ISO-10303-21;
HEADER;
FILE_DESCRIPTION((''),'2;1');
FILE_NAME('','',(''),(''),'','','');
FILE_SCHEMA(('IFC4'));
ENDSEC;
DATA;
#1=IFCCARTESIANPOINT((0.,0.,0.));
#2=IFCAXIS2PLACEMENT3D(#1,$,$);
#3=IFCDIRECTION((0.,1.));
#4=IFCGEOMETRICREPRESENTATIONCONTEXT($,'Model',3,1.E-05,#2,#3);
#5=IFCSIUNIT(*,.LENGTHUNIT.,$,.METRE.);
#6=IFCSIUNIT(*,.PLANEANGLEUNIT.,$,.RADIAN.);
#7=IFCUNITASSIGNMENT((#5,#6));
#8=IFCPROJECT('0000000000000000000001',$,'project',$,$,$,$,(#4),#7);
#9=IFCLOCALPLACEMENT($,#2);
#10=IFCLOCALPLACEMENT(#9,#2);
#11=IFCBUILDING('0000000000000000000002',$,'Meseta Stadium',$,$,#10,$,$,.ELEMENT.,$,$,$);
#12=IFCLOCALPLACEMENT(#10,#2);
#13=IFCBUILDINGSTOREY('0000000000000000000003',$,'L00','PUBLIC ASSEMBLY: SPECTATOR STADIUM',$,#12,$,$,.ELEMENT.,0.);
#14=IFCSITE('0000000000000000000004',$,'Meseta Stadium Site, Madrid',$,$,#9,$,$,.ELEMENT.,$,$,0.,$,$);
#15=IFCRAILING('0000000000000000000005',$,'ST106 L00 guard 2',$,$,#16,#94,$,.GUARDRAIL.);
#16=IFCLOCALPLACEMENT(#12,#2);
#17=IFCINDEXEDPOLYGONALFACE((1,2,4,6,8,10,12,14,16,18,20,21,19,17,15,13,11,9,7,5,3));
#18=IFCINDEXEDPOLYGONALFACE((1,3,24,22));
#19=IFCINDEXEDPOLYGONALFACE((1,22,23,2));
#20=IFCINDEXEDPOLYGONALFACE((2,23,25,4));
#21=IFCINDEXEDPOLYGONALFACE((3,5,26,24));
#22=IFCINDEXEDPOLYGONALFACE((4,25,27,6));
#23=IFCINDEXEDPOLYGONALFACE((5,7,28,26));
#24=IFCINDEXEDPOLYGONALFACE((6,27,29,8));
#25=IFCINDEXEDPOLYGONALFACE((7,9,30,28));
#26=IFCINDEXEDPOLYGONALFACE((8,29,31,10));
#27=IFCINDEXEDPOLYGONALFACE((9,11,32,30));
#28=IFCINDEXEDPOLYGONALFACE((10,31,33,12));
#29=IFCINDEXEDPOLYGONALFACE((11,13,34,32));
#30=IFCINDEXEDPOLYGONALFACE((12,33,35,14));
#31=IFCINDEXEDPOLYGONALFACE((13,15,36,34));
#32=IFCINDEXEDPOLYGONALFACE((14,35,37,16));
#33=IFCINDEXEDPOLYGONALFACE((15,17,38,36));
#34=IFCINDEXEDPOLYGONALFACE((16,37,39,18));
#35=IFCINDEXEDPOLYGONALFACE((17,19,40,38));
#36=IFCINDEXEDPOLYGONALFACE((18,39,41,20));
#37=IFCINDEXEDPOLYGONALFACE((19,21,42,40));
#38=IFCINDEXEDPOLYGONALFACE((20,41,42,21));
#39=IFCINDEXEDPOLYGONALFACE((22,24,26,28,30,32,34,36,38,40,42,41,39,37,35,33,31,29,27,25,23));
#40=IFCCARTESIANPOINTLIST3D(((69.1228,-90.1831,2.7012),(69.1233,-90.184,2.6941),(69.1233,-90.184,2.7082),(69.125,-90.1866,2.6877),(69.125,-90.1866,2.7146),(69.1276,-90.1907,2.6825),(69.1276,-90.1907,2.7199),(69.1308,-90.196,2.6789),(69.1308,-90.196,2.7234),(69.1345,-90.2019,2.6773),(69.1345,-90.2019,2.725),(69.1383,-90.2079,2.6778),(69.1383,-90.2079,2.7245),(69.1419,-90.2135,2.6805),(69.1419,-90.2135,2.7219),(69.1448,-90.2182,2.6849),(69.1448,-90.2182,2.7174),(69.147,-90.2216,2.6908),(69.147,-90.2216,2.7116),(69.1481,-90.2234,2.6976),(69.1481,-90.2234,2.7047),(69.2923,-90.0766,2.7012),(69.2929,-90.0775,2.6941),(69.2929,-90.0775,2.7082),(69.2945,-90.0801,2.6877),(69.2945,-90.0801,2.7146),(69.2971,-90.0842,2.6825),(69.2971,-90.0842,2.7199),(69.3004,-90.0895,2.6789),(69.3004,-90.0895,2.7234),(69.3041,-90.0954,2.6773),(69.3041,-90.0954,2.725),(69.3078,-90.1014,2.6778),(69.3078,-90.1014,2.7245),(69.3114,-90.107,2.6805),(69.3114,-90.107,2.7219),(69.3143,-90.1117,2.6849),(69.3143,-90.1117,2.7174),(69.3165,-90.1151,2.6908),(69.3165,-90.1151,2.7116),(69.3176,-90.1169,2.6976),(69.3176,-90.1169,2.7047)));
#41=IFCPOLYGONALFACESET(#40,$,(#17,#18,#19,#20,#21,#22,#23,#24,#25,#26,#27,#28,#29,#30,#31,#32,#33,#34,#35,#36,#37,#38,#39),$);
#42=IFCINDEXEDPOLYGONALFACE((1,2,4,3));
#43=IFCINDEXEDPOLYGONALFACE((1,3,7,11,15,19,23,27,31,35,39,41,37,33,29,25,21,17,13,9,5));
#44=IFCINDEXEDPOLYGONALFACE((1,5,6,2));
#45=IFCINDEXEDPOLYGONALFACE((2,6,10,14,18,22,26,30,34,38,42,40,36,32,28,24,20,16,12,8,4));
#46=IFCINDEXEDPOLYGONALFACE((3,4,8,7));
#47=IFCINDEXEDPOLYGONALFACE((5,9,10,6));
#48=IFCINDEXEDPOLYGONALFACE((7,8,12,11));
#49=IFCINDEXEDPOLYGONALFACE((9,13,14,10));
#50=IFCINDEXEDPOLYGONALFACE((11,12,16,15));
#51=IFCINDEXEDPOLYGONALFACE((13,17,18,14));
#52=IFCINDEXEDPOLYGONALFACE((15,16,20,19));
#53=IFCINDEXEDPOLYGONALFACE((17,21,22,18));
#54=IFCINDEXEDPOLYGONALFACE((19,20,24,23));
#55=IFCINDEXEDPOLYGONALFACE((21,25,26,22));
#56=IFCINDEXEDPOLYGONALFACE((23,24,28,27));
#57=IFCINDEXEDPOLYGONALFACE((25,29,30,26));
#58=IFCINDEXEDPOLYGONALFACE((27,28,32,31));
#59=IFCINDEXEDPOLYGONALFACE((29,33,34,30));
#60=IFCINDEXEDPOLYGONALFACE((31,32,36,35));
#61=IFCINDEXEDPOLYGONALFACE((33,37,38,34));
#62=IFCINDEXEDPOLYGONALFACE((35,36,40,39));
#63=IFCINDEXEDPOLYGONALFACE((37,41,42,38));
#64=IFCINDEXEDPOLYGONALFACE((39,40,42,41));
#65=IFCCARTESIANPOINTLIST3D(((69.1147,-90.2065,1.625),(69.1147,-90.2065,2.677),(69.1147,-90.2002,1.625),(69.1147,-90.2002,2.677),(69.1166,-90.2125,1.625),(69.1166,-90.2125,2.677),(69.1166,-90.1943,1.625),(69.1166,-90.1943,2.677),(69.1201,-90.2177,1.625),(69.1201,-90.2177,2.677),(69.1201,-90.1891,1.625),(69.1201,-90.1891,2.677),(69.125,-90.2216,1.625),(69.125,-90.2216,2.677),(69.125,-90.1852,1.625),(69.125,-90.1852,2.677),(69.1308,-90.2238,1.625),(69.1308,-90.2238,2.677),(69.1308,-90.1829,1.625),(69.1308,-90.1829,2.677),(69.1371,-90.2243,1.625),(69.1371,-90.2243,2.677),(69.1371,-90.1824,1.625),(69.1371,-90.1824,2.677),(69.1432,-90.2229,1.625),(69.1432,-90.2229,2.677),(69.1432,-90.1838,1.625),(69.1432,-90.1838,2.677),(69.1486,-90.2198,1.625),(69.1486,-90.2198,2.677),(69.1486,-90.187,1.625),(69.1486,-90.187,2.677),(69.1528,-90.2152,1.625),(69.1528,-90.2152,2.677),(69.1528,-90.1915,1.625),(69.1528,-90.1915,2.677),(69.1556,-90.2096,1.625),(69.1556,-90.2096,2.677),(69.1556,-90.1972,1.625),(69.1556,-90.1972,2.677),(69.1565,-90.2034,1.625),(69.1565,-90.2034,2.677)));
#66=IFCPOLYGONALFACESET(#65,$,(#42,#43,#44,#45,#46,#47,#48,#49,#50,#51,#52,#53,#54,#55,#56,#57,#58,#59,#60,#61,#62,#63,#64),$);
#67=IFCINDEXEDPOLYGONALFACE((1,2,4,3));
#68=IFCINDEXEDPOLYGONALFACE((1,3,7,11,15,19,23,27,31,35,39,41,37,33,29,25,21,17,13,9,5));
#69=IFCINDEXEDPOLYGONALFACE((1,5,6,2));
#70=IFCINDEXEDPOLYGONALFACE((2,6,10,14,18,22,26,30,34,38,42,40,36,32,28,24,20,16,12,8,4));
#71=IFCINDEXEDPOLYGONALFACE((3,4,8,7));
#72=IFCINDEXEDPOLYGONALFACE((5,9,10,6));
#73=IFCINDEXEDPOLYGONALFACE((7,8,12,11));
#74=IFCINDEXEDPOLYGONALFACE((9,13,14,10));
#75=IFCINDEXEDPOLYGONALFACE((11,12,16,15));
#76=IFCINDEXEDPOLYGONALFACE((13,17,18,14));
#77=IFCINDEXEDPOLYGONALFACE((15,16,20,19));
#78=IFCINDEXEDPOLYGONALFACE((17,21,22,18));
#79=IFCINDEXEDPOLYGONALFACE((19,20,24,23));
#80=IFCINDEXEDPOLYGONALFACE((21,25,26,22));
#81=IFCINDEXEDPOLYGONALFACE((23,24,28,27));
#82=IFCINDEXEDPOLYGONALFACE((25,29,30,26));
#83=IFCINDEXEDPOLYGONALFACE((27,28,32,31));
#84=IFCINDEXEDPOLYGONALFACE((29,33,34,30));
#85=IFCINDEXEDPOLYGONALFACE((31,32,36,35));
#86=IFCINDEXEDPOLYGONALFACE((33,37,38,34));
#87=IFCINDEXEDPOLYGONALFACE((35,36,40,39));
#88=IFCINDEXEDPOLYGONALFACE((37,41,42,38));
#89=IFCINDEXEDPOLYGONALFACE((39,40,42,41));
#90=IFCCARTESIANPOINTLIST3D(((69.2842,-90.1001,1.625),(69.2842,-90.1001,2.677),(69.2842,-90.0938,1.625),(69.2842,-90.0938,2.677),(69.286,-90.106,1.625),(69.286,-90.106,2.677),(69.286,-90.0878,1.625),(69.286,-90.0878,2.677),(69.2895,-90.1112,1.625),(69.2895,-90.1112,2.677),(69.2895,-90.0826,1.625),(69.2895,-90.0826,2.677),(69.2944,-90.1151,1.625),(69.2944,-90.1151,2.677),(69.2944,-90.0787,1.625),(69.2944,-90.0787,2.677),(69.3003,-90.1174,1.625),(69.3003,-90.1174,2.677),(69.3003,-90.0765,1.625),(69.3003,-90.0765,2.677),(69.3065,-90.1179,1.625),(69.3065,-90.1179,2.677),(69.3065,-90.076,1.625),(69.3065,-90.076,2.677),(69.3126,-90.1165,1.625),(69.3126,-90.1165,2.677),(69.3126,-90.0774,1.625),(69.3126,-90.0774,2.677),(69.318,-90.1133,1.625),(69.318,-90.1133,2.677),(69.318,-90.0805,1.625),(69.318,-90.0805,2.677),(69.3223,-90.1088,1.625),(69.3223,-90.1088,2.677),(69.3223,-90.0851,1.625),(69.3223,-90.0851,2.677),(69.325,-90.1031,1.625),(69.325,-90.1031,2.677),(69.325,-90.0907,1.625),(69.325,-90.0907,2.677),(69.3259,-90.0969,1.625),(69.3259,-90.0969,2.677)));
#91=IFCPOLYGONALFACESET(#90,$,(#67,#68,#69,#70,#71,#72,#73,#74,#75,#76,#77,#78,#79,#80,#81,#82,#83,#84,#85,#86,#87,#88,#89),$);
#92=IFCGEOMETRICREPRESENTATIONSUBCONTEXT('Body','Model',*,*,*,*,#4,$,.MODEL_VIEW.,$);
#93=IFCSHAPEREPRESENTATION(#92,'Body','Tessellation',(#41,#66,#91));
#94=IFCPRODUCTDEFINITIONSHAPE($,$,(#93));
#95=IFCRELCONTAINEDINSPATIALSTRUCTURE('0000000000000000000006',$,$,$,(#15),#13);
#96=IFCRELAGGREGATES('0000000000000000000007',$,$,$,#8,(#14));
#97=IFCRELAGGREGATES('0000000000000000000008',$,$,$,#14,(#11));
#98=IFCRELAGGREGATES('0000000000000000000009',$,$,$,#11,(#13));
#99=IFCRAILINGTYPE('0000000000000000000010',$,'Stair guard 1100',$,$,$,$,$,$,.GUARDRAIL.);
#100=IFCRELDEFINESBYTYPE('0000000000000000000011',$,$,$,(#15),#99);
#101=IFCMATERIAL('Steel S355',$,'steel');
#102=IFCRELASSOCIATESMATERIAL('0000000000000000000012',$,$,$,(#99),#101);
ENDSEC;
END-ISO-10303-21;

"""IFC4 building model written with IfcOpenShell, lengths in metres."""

from ifc_helpers import new_model, si_unit, direction, frame, origin, origin_2d, place, context, subcontext, project, spatial, circle, extrude, material, type_object, element, save


model = new_model("IFC4")

# Units and contexts
model_context = context("Model", 3, precision=1e-05, world=origin(), true_north=direction((0.0, 1.0)))
body_context = subcontext(model_context, "Body", "Model", "MODEL_VIEW")
ifc_project = project(units=[si_unit("LENGTHUNIT", "METRE"), si_unit("PLANEANGLEUNIT", "RADIAN")], contexts=[model_context])

# Site, building, storey
site_placement = place(None, origin())
site = spatial("IfcSite", under=ifc_project, at=site_placement, Name="Meseta Stadium Site, Madrid", CompositionType="ELEMENT", RefElevation=0.0)
building_placement = place(site_placement, origin())
building = spatial("IfcBuilding", under=site, at=building_placement, Name="Meseta Stadium", CompositionType="ELEMENT")
storey_placement = place(building_placement, origin())
storey = spatial("IfcBuildingStorey", under=building, at=storey_placement, Name="L00", Description="PUBLIC ASSEMBLY: SPECTATOR STADIUM", CompositionType="ELEMENT", Elevation=0.0)

# Railing
ifc_material_1 = material(Name="Steel S355", Category="steel")
railing_type_1 = type_object("IfcRailingType", Name="Stair guard 1100", PredefinedType="GUARDRAIL", material=ifc_material_1)
railing_1_placement = place(storey_placement, frame((69.1355, -90.2034, 1.625)))
element("IfcRailing", 1, at=railing_1_placement, inside=storey, type_object=railing_type_1, Name="ST106 L00 guard 2", PredefinedType="GUARDRAIL", context=body_context, shape_type="SweptSolid", body=[
    extrude(circle(Radius=0.0239, at=origin_2d()), frame((0.0, 0.0, 1.0762), z_axis=(0.846762, 0.531972, 0.0), x_axis=(-0.531972, 0.846762, 0.0)), (0.0, 0.0, 1.0), 0.2002),
    extrude(circle(Radius=0.021, at=origin_2d()), origin(), (0.0, 0.0, 1.0), 1.052),
    extrude(circle(Radius=0.021, at=origin_2d()), frame((0.1694, 0.1064, 0.0)), (0.0, 0.0, 1.0), 1.052),
])

save(model, "model.ifc")
